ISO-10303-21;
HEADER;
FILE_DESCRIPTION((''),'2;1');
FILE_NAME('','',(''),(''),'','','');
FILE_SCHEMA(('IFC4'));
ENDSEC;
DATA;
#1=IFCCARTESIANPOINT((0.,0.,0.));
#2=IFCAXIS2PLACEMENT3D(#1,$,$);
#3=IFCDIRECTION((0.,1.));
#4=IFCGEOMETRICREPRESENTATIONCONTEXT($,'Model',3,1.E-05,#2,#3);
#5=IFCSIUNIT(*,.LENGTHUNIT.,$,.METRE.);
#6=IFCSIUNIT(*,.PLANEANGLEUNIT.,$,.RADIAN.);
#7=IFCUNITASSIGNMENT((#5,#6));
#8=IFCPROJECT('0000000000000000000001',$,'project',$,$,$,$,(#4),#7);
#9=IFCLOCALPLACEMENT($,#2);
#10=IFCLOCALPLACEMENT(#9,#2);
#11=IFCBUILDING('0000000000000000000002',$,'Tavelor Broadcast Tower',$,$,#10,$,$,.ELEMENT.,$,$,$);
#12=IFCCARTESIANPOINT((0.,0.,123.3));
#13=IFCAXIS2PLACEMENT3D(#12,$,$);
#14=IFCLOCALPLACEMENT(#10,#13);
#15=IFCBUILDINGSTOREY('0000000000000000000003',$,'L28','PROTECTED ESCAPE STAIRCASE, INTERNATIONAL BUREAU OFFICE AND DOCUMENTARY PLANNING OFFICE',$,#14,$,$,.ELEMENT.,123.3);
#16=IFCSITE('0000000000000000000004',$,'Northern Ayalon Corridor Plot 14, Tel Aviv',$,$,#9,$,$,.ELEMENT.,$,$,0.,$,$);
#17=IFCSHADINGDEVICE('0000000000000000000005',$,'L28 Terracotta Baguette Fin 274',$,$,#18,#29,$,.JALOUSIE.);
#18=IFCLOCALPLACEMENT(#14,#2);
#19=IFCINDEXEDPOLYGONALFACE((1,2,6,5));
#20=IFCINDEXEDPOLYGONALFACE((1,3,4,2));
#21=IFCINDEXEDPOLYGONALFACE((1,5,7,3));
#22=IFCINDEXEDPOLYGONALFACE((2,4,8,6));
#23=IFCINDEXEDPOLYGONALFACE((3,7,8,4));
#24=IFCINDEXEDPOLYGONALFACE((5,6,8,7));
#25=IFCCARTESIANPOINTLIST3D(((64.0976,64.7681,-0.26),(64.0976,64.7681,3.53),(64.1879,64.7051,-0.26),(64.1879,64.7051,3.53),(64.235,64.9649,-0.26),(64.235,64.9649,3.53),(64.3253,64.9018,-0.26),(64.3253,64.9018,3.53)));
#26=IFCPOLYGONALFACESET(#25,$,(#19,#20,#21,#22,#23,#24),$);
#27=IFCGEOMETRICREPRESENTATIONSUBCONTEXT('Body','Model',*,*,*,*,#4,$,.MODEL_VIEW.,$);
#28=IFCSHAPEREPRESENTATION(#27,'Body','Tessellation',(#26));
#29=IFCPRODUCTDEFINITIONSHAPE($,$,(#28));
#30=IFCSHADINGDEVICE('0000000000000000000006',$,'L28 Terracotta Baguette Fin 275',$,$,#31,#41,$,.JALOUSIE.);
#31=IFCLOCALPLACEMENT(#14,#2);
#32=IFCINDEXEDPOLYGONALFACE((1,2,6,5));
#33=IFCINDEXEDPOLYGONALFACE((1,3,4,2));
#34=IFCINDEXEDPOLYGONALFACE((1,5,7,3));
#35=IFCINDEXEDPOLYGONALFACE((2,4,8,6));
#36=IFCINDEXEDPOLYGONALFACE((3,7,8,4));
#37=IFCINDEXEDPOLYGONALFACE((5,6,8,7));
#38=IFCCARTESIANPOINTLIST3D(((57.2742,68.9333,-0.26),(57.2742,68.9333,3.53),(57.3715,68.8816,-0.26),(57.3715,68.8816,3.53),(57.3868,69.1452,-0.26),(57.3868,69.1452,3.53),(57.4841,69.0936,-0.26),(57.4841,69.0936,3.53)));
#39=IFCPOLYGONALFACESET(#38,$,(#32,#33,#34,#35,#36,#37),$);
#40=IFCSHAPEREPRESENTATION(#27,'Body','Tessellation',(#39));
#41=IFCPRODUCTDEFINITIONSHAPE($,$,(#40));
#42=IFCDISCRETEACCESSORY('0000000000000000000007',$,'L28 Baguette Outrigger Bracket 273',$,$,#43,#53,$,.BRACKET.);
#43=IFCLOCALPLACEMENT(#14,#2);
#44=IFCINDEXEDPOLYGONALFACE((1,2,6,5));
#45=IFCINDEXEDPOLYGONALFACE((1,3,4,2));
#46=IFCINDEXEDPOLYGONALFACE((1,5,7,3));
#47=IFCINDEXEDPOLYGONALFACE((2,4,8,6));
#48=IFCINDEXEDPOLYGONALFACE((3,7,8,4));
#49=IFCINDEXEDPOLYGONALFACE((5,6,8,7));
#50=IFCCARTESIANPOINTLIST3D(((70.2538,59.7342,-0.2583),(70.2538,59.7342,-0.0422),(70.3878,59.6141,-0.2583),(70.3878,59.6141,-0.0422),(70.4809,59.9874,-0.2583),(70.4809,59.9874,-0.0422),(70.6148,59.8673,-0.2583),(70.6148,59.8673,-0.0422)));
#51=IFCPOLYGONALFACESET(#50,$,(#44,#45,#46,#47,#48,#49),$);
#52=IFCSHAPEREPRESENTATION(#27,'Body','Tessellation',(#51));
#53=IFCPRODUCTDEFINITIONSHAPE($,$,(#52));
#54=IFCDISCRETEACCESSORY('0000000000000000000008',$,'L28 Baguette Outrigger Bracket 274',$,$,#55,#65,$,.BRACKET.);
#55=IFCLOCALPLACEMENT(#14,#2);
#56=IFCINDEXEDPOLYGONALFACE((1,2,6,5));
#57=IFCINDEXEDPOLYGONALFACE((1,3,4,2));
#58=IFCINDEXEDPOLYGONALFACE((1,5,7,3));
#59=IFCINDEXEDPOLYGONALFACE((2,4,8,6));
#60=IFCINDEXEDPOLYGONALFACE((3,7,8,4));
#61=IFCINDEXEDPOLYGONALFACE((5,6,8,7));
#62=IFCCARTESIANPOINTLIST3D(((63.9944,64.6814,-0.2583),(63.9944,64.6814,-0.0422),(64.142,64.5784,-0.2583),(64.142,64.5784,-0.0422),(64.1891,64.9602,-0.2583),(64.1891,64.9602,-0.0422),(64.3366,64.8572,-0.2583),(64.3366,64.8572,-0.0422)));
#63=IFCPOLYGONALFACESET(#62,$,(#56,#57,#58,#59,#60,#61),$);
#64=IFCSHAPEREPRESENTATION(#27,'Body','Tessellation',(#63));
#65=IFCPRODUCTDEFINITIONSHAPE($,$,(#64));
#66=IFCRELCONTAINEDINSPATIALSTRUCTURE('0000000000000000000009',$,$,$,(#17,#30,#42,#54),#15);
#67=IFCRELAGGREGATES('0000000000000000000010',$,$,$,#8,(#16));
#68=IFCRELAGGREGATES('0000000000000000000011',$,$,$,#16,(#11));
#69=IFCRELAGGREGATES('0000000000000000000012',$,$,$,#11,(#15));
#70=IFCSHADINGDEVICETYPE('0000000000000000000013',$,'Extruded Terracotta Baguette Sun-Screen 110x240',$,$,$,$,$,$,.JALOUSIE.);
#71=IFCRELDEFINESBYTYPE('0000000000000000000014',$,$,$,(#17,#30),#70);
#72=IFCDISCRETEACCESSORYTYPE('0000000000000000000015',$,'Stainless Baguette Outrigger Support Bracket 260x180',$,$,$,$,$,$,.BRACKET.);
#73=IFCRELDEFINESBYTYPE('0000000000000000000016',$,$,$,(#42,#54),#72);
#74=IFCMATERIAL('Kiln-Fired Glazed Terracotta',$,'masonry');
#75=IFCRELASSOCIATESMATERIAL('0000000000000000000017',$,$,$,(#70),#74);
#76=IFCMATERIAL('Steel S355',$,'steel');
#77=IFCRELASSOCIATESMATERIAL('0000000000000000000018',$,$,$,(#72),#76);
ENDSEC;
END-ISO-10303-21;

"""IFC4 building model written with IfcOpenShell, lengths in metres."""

from ifc_helpers import new_model, si_unit, direction, frame, origin, origin_2d, place, context, subcontext, project, spatial, rectangle, extrude, source, transform, mapped, material, type_object, type_shapes, element, save


model = new_model("IFC4")

# Units and contexts
model_context = context("Model", 3, precision=1e-05, world=origin(), true_north=direction((0.0, 1.0)))
body_context = subcontext(model_context, "Body", "Model", "MODEL_VIEW")
ifc_project = project(units=[si_unit("LENGTHUNIT", "METRE"), si_unit("PLANEANGLEUNIT", "RADIAN")], contexts=[model_context])

# Site, building, storey
site_placement = place(None, origin())
site = spatial("IfcSite", under=ifc_project, at=site_placement, Name="Northern Ayalon Corridor Plot 14, Tel Aviv", CompositionType="ELEMENT", RefElevation=0.0)
building_placement = place(site_placement, origin())
building = spatial("IfcBuilding", under=site, at=building_placement, Name="Tavelor Broadcast Tower", CompositionType="ELEMENT")
storey_placement = place(building_placement, frame((0.0, 0.0, 123.3)))
storey = spatial("IfcBuildingStorey", under=building, at=storey_placement, Name="L28", Description="PROTECTED ESCAPE STAIRCASE, INTERNATIONAL BUREAU OFFICE AND DOCUMENTARY PLANNING OFFICE", CompositionType="ELEMENT", Elevation=123.3)

# Shared definitions
ifc_material_1 = material(Name="Steel S355", Category="steel")

# Shading devices
ifc_material_2 = material(Name="Kiln-Fired Glazed Terracotta", Category="masonry")
shading_device_type = type_object("IfcShadingDeviceType", Name="Extruded Terracotta Baguette Sun-Screen 110x240", PredefinedType="JALOUSIE", material=ifc_material_2)
shared_shape_1 = source(origin(), body_context, "Body", "SweptSolid", [
    extrude(rectangle(XDim=0.1101, YDim=0.24, at=origin_2d()), origin(), (0.0, 0.0, 1.0), 3.79),
])
type_shapes(shading_device_type, [shared_shape_1])
for number, where, z_axis, x_axis, name in (
    (1, (64.2114, 64.835, -0.26), (0.0, 0.0, 1.0), (-0.819952, 0.572432, 0.0), "L28 Terracotta Baguette Fin 274"),
    (2, (57.3792, 69.0134, -0.26), (0.0, 0.0, 1.0), (-0.883193, 0.469009, 0.0), "L28 Terracotta Baguette Fin 275"),
):
    element("IfcShadingDevice", number, at=place(storey_placement, frame(where, z_axis=z_axis, x_axis=x_axis)), inside=storey, type_object=shading_device_type, Name=name, PredefinedType="JALOUSIE", context=body_context, shape_type="MappedRepresentation", body=[
        mapped(shared_shape_1, transform((0.0, 0.0, 0.0), scale=1.0)),
    ])

# Discrete accessories
discrete_accessory_type = type_object("IfcDiscreteAccessoryType", Name="Stainless Baguette Outrigger Support Bracket 260x180", PredefinedType="BRACKET", material=ifc_material_1)
shared_shape_2 = source(origin(), body_context, "Body", "SweptSolid", [
    extrude(rectangle(XDim=0.1799, YDim=0.3401, at=origin_2d()), origin(), (0.0, 0.0, 1.0), 0.2161),
])
type_shapes(discrete_accessory_type, [shared_shape_2])
for number, where, z_axis, x_axis, name in (
    (3, (70.4343, 59.8008, -0.2583), (0.0, 0.0, 1.0), (-0.744545, 0.667573, 0.0), "L28 Baguette Outrigger Bracket 273"),
    (4, (64.1655, 64.7693, -0.2583), (0.0, 0.0, 1.0), (-0.819952, 0.572432, 0.0), "L28 Baguette Outrigger Bracket 274"),
):
    element("IfcDiscreteAccessory", number, at=place(storey_placement, frame(where, z_axis=z_axis, x_axis=x_axis)), inside=storey, type_object=discrete_accessory_type, Name=name, PredefinedType="BRACKET", context=body_context, shape_type="MappedRepresentation", body=[
        mapped(shared_shape_2, transform((0.0, 0.0, 0.0), scale=1.0)),
    ])

save(model, "model.ifc")
